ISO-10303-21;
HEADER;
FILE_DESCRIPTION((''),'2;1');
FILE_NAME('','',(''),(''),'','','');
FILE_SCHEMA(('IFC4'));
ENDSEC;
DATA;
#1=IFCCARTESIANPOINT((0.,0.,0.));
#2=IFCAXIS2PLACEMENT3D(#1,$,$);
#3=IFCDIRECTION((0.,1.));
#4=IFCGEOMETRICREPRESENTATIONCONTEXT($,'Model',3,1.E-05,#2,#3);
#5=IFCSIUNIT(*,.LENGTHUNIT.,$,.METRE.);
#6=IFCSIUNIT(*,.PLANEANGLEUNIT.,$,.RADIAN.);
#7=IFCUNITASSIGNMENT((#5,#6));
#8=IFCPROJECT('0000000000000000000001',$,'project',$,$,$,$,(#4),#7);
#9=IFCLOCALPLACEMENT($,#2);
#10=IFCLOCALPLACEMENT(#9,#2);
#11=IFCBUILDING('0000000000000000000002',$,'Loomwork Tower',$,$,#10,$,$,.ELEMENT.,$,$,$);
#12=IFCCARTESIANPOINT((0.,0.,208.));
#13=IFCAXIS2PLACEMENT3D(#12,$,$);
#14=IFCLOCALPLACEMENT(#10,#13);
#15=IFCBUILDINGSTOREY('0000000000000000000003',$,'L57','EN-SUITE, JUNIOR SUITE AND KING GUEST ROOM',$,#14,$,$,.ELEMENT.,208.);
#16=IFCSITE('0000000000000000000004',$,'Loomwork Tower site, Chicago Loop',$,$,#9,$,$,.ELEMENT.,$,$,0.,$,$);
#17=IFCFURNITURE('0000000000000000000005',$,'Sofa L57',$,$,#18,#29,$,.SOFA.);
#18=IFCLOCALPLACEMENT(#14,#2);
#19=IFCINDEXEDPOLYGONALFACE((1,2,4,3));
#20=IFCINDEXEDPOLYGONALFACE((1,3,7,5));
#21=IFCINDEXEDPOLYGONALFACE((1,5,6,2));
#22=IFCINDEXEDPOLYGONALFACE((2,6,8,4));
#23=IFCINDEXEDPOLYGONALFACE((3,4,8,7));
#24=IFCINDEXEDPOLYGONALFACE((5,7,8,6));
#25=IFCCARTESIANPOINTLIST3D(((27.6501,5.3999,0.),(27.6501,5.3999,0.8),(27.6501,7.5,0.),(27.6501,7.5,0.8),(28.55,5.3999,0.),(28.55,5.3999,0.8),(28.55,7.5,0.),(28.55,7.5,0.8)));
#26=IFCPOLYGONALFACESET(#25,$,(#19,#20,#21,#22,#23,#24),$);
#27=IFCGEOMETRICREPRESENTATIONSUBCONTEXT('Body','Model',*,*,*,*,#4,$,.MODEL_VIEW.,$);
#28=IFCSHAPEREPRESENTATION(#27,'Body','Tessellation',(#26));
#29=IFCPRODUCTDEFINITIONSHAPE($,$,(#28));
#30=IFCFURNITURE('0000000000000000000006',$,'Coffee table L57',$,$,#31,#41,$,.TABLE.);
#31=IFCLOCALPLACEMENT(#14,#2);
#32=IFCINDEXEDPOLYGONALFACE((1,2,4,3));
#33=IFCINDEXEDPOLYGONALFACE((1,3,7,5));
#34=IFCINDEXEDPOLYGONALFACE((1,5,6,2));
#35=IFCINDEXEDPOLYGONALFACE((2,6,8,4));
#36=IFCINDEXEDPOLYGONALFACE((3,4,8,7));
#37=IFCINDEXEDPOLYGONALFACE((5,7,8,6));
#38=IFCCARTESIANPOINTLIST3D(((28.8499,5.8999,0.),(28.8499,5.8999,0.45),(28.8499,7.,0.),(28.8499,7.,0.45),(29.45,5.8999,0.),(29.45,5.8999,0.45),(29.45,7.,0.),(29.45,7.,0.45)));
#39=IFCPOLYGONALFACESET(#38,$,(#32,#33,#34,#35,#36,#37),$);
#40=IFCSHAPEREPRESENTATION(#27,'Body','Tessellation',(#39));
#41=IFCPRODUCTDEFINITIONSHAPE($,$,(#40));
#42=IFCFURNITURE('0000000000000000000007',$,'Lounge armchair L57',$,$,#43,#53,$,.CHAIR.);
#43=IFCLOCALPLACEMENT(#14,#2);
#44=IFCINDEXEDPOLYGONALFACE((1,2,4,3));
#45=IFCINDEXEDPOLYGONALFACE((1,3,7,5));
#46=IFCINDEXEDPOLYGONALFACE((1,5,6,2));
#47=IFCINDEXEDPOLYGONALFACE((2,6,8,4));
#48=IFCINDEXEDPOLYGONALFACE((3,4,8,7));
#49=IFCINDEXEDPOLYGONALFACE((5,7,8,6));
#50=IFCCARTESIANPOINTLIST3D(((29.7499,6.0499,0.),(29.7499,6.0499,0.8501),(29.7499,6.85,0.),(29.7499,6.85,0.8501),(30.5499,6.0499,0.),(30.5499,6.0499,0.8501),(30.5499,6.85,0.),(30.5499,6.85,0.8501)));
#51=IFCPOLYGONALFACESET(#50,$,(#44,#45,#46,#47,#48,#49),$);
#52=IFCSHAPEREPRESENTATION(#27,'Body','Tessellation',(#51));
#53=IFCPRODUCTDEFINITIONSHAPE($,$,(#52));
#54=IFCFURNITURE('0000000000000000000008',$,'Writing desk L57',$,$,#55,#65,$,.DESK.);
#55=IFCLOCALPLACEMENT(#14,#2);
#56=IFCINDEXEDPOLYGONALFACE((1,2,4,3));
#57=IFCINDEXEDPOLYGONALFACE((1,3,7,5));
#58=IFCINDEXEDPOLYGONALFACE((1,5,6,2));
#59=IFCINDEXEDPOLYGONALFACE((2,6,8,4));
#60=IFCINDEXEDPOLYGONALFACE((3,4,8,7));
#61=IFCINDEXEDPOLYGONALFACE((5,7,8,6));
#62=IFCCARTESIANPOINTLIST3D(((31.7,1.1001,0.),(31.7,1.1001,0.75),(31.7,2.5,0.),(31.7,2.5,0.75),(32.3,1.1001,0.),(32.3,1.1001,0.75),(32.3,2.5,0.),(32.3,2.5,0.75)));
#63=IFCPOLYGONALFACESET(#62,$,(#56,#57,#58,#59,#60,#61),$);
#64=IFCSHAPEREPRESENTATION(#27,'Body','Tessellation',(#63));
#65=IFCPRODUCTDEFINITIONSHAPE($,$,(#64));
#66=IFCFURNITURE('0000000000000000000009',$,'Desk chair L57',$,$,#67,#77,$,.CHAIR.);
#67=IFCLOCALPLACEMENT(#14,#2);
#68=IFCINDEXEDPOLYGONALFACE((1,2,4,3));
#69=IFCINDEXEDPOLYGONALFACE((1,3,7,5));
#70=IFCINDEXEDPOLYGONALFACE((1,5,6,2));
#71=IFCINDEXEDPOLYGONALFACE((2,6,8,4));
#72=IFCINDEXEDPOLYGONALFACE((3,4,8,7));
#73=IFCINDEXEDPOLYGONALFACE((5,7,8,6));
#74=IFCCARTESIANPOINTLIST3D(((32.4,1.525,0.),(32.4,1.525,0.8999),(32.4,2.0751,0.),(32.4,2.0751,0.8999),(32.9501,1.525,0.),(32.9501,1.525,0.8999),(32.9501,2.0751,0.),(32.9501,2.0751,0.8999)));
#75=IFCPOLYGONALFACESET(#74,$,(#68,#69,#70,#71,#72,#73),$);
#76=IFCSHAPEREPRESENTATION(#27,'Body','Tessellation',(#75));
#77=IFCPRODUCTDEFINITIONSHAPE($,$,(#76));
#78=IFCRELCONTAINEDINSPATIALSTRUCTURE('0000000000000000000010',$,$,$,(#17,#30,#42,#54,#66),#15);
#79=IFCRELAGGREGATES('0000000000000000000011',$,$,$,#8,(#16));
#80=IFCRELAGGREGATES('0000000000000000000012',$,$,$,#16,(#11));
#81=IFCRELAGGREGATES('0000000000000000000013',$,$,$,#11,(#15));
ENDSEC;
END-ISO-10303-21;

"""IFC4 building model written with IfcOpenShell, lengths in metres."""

from ifc_helpers import new_model, si_unit, direction, frame, origin, origin_2d, place, context, subcontext, project, spatial, rectangle, extrude, element, save


model = new_model("IFC4")

# Units and contexts
model_context = context("Model", 3, precision=1e-05, world=origin(), true_north=direction((0.0, 1.0)))
body_context = subcontext(model_context, "Body", "Model", "MODEL_VIEW")
ifc_project = project(units=[si_unit("LENGTHUNIT", "METRE"), si_unit("PLANEANGLEUNIT", "RADIAN")], contexts=[model_context])

# Site, building, storey
site_placement = place(None, origin())
site = spatial("IfcSite", under=ifc_project, at=site_placement, Name="Loomwork Tower site, Chicago Loop", CompositionType="ELEMENT", RefElevation=0.0)
building_placement = place(site_placement, origin())
building = spatial("IfcBuilding", under=site, at=building_placement, Name="Loomwork Tower", CompositionType="ELEMENT")
storey_placement = place(building_placement, frame((0.0, 0.0, 208.0)))
storey = spatial("IfcBuildingStorey", under=building, at=storey_placement, Name="L57", Description="EN-SUITE, JUNIOR SUITE AND KING GUEST ROOM", CompositionType="ELEMENT", Elevation=208.0)

# Furniture
furniture_1_placement = place(storey_placement, frame((28.1001, 6.45, 0.0), z_axis=(0.0, 0.0, 1.0), x_axis=(1.0, 0.0, 0.0)))
element("IfcFurniture", 1, at=furniture_1_placement, inside=storey, Name="Sofa L57", PredefinedType="SOFA", context=body_context, shape_type="SweptSolid", body=[
    extrude(rectangle(XDim=0.8999, YDim=2.1001, at=origin_2d()), origin(), (0.0, 0.0, 1.0), 0.8),
])
furniture_2_placement = place(storey_placement, frame((29.1499, 6.45, 0.0), z_axis=(0.0, 0.0, 1.0), x_axis=(1.0, 0.0, 0.0)))
element("IfcFurniture", 2, at=furniture_2_placement, inside=storey, Name="Coffee table L57", PredefinedType="TABLE", context=body_context, shape_type="SweptSolid", body=[
    extrude(rectangle(XDim=0.6001, YDim=1.1001, at=origin_2d()), origin(), (0.0, 0.0, 1.0), 0.45),
])
furniture_3_placement = place(storey_placement, frame((30.1499, 6.45, 0.0), z_axis=(0.0, 0.0, 1.0), x_axis=(1.0, 0.0, 0.0)))
element("IfcFurniture", 3, at=furniture_3_placement, inside=storey, Name="Lounge armchair L57", PredefinedType="CHAIR", context=body_context, shape_type="SweptSolid", body=[
    extrude(rectangle(XDim=0.8, YDim=0.8, at=origin_2d()), origin(), (0.0, 0.0, 1.0), 0.8501),
])
furniture_4_placement = place(storey_placement, frame((32.0, 1.8, 0.0), z_axis=(0.0, 0.0, 1.0), x_axis=(1.0, 0.0, 0.0)))
element("IfcFurniture", 4, at=furniture_4_placement, inside=storey, Name="Writing desk L57", PredefinedType="DESK", context=body_context, shape_type="SweptSolid", body=[
    extrude(rectangle(XDim=0.6001, YDim=1.3999, at=origin_2d()), origin(), (0.0, 0.0, 1.0), 0.75),
])
furniture_5_placement = place(storey_placement, frame((32.675, 1.8, 0.0), z_axis=(0.0, 0.0, 1.0), x_axis=(1.0, 0.0, 0.0)))
element("IfcFurniture", 5, at=furniture_5_placement, inside=storey, Name="Desk chair L57", PredefinedType="CHAIR", context=body_context, shape_type="SweptSolid", body=[
    extrude(rectangle(XDim=0.55, YDim=0.55, at=origin_2d()), origin(), (0.0, 0.0, 1.0), 0.8999),
])

save(model, "model.ifc")
